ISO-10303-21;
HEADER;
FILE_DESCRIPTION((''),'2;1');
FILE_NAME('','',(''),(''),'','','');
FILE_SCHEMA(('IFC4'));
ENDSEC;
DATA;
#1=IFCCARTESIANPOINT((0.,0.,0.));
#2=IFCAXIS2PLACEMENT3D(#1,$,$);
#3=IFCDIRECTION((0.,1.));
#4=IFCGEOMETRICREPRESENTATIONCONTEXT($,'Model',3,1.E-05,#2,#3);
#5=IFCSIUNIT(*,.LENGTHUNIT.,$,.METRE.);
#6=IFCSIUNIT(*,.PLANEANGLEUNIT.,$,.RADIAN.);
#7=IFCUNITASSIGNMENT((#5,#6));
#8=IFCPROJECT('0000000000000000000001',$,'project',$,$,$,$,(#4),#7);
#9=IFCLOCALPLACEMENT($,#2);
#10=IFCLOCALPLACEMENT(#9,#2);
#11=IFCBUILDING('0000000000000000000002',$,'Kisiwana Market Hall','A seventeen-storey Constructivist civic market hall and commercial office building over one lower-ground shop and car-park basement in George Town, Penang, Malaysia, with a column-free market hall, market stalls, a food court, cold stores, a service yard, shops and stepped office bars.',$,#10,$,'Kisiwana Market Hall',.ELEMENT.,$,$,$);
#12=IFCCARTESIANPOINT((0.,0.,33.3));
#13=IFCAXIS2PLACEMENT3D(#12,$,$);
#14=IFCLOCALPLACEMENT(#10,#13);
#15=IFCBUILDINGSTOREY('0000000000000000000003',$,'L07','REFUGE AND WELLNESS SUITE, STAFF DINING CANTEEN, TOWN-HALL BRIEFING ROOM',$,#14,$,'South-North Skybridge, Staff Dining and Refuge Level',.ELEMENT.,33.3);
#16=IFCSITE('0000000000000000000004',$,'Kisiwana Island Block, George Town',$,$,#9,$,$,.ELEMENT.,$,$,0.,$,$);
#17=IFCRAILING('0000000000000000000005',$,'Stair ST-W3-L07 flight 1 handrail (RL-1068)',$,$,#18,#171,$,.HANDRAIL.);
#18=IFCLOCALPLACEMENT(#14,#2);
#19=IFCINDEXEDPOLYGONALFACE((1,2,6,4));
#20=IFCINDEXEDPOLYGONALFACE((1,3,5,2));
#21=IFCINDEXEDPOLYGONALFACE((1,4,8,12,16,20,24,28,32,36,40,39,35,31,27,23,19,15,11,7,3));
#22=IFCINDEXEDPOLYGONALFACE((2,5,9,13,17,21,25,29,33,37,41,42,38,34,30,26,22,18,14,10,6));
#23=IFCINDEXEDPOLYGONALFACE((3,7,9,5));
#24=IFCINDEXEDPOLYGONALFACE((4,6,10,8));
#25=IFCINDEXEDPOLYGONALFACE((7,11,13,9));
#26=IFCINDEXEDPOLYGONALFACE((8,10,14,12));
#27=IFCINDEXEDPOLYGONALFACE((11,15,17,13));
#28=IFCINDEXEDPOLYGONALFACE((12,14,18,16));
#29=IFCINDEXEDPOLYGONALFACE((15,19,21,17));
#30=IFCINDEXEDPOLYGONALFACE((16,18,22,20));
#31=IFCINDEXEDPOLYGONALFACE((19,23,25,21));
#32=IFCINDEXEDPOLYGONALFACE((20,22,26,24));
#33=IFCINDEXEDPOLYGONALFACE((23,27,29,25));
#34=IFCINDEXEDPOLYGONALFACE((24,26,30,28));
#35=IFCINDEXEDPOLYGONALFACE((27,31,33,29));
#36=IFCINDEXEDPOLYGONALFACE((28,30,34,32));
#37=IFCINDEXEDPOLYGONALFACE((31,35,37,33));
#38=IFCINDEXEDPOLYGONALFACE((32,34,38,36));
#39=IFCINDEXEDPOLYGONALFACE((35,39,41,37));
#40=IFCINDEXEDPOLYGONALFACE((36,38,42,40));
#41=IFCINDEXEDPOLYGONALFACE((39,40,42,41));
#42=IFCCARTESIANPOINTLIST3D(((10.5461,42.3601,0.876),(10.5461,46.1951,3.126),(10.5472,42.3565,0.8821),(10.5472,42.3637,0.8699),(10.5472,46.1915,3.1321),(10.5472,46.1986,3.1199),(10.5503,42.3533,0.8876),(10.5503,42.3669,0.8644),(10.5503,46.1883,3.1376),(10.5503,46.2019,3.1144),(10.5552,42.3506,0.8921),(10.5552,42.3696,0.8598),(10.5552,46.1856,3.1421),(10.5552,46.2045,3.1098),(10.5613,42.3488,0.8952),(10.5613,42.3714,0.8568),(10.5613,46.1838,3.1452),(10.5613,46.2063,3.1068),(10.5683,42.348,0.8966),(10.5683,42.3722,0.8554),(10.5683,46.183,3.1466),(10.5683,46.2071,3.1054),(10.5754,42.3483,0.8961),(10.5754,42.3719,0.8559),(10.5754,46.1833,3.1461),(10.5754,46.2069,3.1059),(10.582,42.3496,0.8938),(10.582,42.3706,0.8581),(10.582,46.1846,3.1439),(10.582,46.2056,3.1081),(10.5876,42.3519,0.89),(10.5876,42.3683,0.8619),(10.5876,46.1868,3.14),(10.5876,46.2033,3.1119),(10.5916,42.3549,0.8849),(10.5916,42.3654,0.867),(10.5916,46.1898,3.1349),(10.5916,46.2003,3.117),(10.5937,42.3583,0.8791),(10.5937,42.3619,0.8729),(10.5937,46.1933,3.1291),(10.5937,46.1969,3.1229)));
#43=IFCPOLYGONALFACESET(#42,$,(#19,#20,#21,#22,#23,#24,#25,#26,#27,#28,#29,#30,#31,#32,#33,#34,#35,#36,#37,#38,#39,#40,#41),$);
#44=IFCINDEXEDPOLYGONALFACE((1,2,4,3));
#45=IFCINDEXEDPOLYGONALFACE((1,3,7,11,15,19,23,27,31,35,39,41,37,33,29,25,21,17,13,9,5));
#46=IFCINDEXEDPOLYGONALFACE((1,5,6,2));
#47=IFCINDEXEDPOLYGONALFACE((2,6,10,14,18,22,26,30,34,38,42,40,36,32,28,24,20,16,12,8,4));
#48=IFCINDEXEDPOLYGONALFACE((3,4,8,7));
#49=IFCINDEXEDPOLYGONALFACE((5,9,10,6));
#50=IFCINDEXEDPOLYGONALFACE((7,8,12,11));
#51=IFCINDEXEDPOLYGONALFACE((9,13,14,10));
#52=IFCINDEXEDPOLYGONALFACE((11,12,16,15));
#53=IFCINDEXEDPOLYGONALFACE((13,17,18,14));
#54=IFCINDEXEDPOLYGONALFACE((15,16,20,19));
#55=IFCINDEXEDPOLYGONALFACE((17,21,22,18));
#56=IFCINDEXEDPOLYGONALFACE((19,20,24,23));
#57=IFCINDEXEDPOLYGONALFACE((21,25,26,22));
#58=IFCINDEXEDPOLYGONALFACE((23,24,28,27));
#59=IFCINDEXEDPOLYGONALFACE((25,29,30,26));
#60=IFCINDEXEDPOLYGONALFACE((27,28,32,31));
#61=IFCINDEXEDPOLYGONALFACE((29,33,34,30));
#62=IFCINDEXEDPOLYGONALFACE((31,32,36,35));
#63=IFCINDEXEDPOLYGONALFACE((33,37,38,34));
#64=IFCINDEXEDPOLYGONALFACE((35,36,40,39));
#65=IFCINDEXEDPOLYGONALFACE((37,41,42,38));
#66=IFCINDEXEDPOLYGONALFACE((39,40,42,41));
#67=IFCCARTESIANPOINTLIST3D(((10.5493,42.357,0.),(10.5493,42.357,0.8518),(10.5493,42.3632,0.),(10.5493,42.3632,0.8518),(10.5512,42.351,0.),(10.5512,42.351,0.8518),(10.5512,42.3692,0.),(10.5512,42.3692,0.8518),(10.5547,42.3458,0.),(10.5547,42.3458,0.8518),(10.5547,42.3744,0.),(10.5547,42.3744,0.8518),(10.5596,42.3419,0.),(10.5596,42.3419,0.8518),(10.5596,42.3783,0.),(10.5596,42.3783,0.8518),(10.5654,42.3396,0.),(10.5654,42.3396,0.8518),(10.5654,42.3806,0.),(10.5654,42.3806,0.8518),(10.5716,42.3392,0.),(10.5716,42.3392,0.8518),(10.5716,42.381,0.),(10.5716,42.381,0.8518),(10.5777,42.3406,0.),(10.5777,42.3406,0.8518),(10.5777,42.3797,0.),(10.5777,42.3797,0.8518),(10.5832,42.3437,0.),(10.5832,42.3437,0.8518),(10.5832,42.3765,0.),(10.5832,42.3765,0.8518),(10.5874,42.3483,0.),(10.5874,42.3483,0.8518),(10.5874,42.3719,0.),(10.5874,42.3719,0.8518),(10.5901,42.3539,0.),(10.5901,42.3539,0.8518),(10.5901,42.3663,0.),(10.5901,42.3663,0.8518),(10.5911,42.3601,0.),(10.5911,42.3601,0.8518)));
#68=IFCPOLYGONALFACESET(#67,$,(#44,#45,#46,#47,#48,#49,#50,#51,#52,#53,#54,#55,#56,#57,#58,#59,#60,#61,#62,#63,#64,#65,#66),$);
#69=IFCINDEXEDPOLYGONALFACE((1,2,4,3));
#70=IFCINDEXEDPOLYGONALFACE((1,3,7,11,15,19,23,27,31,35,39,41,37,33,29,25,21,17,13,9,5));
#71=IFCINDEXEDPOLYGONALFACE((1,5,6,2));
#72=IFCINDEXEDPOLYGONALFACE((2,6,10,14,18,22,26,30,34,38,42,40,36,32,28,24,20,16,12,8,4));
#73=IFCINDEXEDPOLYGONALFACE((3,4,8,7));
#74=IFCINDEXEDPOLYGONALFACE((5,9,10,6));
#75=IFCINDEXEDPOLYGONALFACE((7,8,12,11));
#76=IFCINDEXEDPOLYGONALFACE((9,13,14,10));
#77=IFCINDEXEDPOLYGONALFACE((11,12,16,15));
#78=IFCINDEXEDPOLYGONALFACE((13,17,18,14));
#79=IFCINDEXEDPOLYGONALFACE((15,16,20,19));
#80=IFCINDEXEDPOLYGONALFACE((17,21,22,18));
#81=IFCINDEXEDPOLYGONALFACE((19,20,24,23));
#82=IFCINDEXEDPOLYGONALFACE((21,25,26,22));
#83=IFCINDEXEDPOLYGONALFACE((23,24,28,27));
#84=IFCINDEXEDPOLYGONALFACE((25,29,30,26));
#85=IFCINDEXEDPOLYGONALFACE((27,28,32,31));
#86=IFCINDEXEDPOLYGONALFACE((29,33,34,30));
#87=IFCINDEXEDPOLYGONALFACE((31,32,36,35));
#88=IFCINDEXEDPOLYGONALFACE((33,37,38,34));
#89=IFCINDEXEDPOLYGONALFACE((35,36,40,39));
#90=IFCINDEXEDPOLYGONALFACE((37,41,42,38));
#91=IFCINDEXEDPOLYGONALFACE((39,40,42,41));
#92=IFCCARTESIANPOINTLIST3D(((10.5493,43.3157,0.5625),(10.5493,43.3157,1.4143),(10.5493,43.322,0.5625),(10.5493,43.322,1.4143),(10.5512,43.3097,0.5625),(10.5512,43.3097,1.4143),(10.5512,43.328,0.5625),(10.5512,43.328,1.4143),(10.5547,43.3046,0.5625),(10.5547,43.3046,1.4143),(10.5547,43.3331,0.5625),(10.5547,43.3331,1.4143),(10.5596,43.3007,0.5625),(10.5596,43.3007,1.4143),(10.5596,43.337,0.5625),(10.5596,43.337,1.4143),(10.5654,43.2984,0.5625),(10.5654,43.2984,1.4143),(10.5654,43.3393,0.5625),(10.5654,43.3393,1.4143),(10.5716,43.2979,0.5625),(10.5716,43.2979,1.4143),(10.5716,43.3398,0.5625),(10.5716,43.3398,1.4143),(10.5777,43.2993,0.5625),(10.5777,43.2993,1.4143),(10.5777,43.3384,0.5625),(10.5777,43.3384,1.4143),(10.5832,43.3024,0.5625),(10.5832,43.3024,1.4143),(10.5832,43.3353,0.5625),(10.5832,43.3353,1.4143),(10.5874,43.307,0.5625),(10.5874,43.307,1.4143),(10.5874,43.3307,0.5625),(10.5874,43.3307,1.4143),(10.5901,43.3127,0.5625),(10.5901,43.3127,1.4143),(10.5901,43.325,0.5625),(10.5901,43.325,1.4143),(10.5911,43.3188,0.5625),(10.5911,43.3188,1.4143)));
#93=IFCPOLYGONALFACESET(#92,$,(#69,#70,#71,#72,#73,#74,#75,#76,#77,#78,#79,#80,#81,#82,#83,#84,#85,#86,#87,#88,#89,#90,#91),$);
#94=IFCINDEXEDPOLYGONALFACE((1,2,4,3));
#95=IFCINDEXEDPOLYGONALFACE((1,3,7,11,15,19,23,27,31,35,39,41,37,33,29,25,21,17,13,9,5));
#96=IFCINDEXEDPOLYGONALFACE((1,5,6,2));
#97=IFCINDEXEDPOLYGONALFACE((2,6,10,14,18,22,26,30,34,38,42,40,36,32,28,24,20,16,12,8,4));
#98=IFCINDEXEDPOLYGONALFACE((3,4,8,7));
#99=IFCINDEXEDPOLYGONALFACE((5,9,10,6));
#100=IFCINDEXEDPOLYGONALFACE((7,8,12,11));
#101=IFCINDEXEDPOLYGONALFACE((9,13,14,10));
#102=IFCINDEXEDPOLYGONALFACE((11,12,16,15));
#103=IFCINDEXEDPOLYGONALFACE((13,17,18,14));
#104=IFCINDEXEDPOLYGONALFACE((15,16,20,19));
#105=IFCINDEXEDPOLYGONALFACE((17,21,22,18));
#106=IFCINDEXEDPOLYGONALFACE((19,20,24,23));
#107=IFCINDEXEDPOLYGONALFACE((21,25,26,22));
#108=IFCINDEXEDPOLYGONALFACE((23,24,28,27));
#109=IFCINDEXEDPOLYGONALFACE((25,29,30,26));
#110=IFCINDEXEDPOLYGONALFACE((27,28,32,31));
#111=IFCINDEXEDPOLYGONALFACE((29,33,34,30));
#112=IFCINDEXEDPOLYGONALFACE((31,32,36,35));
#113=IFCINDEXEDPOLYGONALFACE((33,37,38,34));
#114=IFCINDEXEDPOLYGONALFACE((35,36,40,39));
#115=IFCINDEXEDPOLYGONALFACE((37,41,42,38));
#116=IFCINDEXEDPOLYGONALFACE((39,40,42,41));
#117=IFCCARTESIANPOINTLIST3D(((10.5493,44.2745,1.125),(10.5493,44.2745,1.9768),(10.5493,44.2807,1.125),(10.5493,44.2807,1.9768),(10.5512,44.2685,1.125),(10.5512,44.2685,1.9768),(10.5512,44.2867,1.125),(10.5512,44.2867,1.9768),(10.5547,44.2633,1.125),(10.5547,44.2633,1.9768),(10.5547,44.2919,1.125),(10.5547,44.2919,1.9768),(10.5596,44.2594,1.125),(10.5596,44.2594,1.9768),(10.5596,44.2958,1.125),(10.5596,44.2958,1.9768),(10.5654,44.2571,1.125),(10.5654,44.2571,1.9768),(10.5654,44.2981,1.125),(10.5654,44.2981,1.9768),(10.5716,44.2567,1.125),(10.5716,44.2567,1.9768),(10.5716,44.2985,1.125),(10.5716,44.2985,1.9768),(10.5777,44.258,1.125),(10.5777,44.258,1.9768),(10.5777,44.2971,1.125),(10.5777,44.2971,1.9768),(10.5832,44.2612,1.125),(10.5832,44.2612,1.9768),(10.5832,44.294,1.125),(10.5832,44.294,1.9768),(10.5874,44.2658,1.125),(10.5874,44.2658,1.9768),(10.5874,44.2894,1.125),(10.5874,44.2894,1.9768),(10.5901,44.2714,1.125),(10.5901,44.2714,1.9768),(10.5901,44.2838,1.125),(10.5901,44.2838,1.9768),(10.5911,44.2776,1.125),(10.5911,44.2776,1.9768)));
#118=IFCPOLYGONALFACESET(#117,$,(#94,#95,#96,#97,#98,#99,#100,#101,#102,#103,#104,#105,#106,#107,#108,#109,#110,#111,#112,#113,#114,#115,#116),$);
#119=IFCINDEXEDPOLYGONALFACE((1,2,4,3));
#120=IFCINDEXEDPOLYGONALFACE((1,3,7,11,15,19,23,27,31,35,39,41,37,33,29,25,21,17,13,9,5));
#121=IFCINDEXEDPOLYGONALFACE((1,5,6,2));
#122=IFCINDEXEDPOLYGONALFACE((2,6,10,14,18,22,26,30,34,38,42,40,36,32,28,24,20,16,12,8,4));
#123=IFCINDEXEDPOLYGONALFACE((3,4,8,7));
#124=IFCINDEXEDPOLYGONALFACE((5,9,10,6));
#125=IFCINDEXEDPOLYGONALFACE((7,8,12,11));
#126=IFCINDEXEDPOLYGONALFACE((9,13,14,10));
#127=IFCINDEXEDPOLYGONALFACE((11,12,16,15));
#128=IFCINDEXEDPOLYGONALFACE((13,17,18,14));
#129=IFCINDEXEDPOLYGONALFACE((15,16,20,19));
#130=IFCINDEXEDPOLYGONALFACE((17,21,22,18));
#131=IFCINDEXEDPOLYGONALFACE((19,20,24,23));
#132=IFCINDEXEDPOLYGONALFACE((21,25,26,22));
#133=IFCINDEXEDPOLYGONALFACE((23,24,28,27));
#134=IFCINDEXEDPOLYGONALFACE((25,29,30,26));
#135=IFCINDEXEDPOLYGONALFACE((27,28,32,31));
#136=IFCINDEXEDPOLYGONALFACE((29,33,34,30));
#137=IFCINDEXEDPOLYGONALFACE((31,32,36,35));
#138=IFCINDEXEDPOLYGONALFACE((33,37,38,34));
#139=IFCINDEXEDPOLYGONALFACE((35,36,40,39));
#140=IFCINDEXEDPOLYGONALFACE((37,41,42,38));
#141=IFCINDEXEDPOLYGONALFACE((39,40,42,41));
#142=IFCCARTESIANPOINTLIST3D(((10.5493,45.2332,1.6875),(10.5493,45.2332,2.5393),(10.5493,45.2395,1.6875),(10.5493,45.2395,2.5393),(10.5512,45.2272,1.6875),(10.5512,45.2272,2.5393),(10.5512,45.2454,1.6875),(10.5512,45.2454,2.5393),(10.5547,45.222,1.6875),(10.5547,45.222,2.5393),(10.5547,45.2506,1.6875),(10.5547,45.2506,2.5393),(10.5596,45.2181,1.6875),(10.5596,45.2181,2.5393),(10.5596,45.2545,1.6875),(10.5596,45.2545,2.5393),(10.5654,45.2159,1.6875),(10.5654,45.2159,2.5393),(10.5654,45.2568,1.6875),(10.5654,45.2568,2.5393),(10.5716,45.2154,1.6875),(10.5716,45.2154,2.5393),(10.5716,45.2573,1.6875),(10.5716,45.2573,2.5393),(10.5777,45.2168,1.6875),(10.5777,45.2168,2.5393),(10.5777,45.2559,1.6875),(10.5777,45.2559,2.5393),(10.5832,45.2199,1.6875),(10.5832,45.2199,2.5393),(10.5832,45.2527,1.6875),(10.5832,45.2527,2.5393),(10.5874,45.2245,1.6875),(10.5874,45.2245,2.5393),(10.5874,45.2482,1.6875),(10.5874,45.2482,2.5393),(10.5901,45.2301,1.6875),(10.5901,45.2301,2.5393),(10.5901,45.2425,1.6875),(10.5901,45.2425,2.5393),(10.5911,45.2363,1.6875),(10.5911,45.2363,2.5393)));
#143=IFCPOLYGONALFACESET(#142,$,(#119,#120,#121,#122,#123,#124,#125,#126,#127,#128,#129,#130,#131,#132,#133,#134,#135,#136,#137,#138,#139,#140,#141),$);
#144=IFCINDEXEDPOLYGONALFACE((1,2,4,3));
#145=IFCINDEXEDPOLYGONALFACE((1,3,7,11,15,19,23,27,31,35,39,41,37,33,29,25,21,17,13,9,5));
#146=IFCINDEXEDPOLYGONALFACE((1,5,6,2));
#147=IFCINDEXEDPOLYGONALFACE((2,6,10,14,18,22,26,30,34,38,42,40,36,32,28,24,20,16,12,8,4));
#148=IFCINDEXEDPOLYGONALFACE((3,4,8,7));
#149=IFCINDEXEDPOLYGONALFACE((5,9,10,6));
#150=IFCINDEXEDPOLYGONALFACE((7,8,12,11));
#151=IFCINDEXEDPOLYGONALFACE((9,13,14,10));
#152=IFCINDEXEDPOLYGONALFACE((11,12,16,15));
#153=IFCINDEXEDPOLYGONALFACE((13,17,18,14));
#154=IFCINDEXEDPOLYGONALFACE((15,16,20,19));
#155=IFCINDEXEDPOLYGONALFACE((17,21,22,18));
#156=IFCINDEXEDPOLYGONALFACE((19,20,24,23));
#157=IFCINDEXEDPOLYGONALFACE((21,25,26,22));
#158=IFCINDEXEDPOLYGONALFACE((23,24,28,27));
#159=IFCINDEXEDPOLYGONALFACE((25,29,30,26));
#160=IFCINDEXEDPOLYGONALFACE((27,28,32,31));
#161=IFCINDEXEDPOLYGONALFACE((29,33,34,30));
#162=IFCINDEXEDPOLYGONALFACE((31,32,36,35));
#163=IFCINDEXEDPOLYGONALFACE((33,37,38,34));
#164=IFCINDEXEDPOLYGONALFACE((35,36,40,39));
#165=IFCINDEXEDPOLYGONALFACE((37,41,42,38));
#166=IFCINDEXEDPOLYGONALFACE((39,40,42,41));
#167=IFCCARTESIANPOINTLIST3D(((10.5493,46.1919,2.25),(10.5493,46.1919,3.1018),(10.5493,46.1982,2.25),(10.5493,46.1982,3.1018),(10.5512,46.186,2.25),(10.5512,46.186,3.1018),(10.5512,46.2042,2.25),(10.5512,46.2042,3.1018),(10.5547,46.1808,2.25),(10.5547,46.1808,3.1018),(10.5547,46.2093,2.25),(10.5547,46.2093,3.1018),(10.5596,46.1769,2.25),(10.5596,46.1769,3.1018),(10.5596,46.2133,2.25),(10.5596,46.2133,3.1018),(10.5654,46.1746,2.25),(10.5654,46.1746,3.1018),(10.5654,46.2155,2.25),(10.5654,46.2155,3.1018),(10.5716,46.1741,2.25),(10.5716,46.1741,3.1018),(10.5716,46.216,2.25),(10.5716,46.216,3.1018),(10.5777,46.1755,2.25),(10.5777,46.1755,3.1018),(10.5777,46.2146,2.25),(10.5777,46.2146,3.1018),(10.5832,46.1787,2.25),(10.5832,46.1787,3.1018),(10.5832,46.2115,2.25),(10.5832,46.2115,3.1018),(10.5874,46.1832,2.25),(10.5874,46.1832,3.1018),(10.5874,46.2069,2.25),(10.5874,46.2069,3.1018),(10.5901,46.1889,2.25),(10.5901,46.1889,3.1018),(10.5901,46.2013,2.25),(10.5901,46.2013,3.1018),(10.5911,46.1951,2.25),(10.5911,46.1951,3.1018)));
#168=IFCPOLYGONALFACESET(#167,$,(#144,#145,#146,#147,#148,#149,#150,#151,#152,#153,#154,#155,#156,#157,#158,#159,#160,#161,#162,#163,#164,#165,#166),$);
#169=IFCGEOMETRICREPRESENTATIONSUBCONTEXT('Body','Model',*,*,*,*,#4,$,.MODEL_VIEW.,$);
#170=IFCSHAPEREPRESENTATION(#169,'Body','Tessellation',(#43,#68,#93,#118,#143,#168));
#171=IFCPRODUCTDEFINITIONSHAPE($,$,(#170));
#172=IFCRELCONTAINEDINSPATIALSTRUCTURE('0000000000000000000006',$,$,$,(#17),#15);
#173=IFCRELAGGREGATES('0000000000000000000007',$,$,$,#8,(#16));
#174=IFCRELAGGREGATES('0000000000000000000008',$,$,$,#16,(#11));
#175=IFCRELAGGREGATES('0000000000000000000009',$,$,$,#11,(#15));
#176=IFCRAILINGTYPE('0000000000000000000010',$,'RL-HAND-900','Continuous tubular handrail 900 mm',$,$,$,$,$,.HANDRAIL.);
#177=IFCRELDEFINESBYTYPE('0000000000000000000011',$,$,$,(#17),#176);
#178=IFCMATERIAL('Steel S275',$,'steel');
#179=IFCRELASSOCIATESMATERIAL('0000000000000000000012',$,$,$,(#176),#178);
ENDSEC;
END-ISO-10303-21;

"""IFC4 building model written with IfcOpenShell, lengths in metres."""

from ifc_helpers import new_model, si_unit, direction, frame, origin, origin_2d, place, context, subcontext, project, spatial, circle, extrude, material, type_object, element, save


model = new_model("IFC4")

# Units and contexts
model_context = context("Model", 3, precision=1e-05, world=origin(), true_north=direction((0.0, 1.0)))
body_context = subcontext(model_context, "Body", "Model", "MODEL_VIEW")
ifc_project = project(units=[si_unit("LENGTHUNIT", "METRE"), si_unit("PLANEANGLEUNIT", "RADIAN")], contexts=[model_context])

# Site, building, storey
site_placement = place(None, origin())
site = spatial("IfcSite", under=ifc_project, at=site_placement, Name="Kisiwana Island Block, George Town", CompositionType="ELEMENT", RefElevation=0.0)
building_placement = place(site_placement, origin())
building = spatial("IfcBuilding", under=site, at=building_placement, Name="Kisiwana Market Hall", Description="A seventeen-storey Constructivist civic market hall and commercial office building over one lower-ground shop and car-park basement in George Town, Penang, Malaysia, with a column-free market hall, market stalls, a food court, cold stores, a service yard, shops and stepped office bars.", LongName="Kisiwana Market Hall", CompositionType="ELEMENT")
storey_placement = place(building_placement, frame((0.0, 0.0, 33.3)))
storey = spatial("IfcBuildingStorey", under=building, at=storey_placement, Name="L07", Description="REFUGE AND WELLNESS SUITE, STAFF DINING CANTEEN, TOWN-HALL BRIEFING ROOM", LongName="South-North Skybridge, Staff Dining and Refuge Level", CompositionType="ELEMENT", Elevation=33.3)

# Railing
ifc_material_1 = material(Name="Steel S275", Category="steel")
railing_type_1 = type_object("IfcRailingType", Name="RL-HAND-900", Description="Continuous tubular handrail 900 mm", PredefinedType="HANDRAIL", material=ifc_material_1)
for number, where, name in (
    (1, (10.5701, 42.3601, 0.0), "Stair ST-W3-L07 flight 1 handrail (RL-1068)"),
):
    element("IfcRailing", number, at=place(storey_placement, frame(where)), inside=storey, type_object=railing_type_1, Name=name, PredefinedType="HANDRAIL", context=body_context, shape_type="SweptSolid", body=[
        extrude(circle(Radius=0.0239, at=origin_2d()), frame((0.0, 0.0, 0.876), z_axis=(0.0, 0.86251, 0.506041), x_axis=(-1.0, 0.0, 0.0)), (0.0, 0.0, 1.0), 4.4463),
        extrude(circle(Radius=0.021, at=origin_2d()), origin(), (0.0, 0.0, 1.0), 0.8518),
        extrude(circle(Radius=0.021, at=origin_2d()), frame((0.0, 0.9587, 0.5625)), (0.0, 0.0, 1.0), 0.8518),
        extrude(circle(Radius=0.021, at=origin_2d()), frame((0.0, 1.9175, 1.125)), (0.0, 0.0, 1.0), 0.8518),
        extrude(circle(Radius=0.021, at=origin_2d()), frame((0.0, 2.8762, 1.6875)), (0.0, 0.0, 1.0), 0.8518),
        extrude(circle(Radius=0.021, at=origin_2d()), frame((0.0, 3.835, 2.25)), (0.0, 0.0, 1.0), 0.8518),
    ])

save(model, "model.ifc")
